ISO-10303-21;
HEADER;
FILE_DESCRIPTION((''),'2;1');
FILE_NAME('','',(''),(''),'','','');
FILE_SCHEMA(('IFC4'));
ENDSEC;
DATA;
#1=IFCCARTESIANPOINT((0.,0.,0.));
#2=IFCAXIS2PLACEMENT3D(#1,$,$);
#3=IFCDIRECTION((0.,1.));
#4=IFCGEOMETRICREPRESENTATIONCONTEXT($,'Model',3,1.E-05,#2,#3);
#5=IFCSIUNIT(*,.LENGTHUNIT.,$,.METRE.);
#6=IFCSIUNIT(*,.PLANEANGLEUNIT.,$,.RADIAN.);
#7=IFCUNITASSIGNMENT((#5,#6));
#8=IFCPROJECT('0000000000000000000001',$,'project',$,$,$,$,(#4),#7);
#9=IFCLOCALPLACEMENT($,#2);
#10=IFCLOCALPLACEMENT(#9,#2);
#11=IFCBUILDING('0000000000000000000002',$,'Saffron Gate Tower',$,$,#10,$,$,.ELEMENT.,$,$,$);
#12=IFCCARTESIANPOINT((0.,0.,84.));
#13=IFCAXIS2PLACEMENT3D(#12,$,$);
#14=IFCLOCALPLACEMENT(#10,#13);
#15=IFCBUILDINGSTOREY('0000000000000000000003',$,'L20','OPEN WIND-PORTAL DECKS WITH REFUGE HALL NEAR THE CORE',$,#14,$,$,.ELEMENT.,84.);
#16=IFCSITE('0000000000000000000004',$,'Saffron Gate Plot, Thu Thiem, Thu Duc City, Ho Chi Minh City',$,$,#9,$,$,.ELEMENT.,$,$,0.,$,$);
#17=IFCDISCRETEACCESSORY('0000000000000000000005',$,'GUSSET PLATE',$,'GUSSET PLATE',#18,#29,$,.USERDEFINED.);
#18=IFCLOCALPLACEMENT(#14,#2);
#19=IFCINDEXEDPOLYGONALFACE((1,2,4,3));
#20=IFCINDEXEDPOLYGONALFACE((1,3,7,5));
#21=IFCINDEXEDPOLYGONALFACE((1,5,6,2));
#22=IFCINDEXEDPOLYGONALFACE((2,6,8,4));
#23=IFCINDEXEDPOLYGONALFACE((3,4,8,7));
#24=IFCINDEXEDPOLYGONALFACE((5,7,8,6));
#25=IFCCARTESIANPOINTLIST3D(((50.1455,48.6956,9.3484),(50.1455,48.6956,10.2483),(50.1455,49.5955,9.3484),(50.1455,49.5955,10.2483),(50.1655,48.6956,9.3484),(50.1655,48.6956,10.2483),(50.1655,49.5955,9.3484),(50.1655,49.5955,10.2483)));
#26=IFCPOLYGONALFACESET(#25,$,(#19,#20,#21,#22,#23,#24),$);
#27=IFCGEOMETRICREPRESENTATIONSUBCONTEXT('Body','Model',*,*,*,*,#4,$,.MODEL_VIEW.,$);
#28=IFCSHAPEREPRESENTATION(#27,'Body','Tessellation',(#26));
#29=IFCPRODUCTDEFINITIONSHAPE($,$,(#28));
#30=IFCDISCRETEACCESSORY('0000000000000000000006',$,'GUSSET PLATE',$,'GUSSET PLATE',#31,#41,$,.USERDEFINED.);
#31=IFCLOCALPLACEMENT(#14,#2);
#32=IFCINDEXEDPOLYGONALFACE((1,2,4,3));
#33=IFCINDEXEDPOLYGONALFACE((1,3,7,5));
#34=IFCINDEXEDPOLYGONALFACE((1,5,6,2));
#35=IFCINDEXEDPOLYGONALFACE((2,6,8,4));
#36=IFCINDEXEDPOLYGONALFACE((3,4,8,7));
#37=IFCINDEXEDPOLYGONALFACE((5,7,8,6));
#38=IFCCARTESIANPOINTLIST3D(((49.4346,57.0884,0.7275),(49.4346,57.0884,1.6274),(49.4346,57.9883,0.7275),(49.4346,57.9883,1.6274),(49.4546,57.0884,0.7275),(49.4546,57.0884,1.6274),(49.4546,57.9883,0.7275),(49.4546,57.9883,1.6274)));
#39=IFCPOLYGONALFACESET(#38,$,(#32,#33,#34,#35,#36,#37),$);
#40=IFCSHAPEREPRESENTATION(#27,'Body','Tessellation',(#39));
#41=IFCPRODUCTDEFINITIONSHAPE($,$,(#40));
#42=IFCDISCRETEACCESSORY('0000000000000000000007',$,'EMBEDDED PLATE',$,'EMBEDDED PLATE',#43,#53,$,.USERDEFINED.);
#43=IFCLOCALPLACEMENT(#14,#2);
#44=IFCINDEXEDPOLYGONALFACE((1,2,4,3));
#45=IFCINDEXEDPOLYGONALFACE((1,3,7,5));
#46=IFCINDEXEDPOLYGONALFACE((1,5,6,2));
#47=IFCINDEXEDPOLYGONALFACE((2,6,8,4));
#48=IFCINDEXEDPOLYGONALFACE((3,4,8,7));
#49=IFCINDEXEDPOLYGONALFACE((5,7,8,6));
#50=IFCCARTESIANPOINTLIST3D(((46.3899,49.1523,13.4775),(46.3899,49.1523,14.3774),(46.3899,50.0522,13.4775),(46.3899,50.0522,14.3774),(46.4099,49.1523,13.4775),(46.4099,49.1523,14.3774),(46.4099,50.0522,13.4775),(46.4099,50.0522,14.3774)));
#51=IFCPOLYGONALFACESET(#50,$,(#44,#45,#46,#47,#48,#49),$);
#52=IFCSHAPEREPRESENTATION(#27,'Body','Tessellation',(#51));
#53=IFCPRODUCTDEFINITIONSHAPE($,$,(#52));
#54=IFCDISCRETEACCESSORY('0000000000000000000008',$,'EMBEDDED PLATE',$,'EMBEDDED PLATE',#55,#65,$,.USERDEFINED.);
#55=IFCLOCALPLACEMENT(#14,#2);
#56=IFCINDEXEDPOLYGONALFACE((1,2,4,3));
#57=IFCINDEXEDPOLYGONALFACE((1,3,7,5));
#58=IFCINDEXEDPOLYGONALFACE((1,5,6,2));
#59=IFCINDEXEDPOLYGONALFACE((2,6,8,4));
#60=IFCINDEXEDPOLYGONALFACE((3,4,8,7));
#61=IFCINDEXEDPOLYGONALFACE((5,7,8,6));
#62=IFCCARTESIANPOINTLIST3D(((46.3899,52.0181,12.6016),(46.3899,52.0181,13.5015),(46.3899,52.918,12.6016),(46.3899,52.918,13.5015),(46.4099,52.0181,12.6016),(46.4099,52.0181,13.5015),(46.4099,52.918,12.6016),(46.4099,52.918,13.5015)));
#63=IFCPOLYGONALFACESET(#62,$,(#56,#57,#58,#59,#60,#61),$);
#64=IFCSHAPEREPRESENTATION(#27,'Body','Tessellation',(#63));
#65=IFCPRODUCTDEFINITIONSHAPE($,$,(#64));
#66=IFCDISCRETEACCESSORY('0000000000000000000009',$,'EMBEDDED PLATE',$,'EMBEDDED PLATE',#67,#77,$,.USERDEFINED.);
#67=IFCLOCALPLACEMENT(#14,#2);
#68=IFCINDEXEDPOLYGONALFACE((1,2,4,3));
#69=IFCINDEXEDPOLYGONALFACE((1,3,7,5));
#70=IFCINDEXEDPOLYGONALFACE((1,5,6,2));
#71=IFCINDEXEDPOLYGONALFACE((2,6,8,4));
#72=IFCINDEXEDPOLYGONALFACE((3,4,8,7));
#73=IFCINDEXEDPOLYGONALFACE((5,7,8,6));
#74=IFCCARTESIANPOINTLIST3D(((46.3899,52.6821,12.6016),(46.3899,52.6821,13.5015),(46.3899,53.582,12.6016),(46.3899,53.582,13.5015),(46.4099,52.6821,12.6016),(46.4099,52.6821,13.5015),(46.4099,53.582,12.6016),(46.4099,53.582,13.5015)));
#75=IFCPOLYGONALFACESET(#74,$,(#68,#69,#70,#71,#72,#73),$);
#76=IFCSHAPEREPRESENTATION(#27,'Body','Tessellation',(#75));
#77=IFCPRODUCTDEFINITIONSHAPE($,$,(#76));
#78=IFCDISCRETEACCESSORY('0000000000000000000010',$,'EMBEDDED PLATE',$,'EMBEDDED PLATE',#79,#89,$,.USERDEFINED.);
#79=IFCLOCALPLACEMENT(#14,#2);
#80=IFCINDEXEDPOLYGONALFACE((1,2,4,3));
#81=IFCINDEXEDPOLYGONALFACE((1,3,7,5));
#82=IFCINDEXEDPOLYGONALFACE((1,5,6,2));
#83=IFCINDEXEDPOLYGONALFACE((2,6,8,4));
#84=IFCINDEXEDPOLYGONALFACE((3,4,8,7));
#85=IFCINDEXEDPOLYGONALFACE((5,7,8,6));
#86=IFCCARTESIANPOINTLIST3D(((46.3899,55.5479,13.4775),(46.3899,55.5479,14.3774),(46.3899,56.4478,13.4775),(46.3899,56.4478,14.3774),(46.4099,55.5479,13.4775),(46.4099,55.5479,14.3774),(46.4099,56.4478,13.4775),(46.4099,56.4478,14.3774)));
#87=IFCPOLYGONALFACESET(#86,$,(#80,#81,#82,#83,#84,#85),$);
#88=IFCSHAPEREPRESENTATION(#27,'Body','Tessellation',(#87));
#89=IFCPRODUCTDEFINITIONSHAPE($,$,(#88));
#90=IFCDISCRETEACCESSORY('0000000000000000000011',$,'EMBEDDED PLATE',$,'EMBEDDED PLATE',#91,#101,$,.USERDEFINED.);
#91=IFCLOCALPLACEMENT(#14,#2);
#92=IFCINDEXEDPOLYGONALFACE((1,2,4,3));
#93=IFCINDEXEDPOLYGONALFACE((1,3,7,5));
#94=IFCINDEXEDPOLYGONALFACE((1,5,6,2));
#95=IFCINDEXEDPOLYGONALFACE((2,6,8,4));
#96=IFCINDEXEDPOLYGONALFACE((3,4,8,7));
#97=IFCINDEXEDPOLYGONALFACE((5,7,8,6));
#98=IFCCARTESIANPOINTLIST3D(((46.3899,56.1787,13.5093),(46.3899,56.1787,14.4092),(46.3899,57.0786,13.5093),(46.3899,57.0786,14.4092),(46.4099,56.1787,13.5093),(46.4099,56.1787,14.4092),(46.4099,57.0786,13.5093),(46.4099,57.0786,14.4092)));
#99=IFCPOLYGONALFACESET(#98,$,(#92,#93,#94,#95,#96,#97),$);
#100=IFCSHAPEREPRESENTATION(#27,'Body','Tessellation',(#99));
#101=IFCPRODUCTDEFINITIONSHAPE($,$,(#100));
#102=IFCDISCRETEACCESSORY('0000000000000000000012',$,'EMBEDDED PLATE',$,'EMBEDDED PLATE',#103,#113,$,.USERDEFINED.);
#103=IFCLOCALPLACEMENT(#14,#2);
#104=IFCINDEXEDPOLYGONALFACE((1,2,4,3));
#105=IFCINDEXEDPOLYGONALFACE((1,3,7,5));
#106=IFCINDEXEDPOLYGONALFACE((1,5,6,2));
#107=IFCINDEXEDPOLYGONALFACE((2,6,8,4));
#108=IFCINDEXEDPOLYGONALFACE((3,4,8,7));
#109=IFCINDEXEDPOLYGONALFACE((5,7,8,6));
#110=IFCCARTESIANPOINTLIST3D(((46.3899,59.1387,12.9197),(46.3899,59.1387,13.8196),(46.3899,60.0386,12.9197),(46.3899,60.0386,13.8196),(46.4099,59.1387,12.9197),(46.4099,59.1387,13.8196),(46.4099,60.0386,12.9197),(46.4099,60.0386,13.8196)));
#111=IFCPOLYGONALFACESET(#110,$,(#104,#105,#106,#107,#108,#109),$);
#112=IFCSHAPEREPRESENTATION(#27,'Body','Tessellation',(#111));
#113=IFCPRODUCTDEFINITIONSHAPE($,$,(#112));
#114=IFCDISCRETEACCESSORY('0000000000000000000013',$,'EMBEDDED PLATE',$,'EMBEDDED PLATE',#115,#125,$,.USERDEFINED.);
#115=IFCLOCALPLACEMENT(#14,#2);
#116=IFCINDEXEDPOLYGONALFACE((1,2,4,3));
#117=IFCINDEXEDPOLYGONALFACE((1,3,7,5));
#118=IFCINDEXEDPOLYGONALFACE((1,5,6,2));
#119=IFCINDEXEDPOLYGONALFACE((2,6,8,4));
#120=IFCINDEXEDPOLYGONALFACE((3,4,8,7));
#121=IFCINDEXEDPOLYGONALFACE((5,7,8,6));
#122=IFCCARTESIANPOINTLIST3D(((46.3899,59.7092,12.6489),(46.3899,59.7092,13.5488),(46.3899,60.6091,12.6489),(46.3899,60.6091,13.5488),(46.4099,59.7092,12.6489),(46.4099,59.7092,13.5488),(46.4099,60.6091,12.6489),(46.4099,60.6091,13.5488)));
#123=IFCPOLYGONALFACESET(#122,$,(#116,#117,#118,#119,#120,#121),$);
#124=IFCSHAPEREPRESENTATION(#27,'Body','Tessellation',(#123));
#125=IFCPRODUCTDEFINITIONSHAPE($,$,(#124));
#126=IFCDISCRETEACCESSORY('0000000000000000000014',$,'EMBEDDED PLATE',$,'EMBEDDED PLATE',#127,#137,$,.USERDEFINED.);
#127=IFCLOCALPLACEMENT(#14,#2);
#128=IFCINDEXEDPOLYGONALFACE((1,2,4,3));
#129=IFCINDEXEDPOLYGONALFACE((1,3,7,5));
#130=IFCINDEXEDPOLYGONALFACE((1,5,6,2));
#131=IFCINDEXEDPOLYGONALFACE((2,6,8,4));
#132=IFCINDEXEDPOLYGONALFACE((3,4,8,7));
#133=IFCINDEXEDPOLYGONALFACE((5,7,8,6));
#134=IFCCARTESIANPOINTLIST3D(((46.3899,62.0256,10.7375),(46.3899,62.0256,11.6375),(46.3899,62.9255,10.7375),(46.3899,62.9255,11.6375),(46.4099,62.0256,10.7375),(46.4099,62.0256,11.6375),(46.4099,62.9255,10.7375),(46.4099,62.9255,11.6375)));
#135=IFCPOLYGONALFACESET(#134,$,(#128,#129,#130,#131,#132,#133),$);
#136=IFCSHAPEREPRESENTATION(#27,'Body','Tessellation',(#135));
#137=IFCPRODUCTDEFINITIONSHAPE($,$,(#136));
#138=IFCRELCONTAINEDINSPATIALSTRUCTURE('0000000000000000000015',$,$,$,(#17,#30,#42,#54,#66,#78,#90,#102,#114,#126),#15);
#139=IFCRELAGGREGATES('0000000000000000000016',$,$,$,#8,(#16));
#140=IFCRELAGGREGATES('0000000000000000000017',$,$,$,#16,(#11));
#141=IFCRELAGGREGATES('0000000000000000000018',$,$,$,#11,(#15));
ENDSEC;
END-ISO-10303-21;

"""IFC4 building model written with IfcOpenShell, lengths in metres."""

from ifc_helpers import new_model, si_unit, direction, frame, origin, origin_2d, place, context, subcontext, project, spatial, rectangle, extrude, element, save


model = new_model("IFC4")

# Units and contexts
model_context = context("Model", 3, precision=1e-05, world=origin(), true_north=direction((0.0, 1.0)))
body_context = subcontext(model_context, "Body", "Model", "MODEL_VIEW")
ifc_project = project(units=[si_unit("LENGTHUNIT", "METRE"), si_unit("PLANEANGLEUNIT", "RADIAN")], contexts=[model_context])

# Site, building, storey
site_placement = place(None, origin())
site = spatial("IfcSite", under=ifc_project, at=site_placement, Name="Saffron Gate Plot, Thu Thiem, Thu Duc City, Ho Chi Minh City", CompositionType="ELEMENT", RefElevation=0.0)
building_placement = place(site_placement, origin())
building = spatial("IfcBuilding", under=site, at=building_placement, Name="Saffron Gate Tower", CompositionType="ELEMENT")
storey_placement = place(building_placement, frame((0.0, 0.0, 84.0)))
storey = spatial("IfcBuildingStorey", under=building, at=storey_placement, Name="L20", Description="OPEN WIND-PORTAL DECKS WITH REFUGE HALL NEAR THE CORE", CompositionType="ELEMENT", Elevation=84.0)

# Discrete accessories
for number, where, z_axis, x_axis, name in (
    (1, (50.1555, 49.1455, 9.3484), (0.0, 0.0, 1.0), (0.0, -1.0, 0.0), "GUSSET PLATE"),
    (2, (49.4446, 57.5383, 0.7275), (0.0, 0.0, 1.0), (0.0, 1.0, 0.0), "GUSSET PLATE"),
):
    element("IfcDiscreteAccessory", number, at=place(storey_placement, frame(where, z_axis=z_axis, x_axis=x_axis)), inside=storey, Name=name, ObjectType="GUSSET PLATE", PredefinedType="USERDEFINED", context=body_context, shape_type="SweptSolid", body=[
        extrude(rectangle(XDim=0.8999, YDim=0.02, at=origin_2d()), origin(), (0.0, 0.0, 1.0), 0.8999),
    ])
for number, where, z_axis, x_axis, name in (
    (3, (46.3999, 49.6023, 13.4775), (0.0, 0.0, 1.0), (0.0, 1.0, 0.0), "EMBEDDED PLATE"),
    (4, (46.3999, 52.468, 12.6016), (0.0, 0.0, 1.0), (0.0, 1.0, 0.0), "EMBEDDED PLATE"),
    (5, (46.3999, 53.1321, 12.6016), (0.0, 0.0, 1.0), (0.0, 1.0, 0.0), "EMBEDDED PLATE"),
    (6, (46.3999, 55.9978, 13.4775), (0.0, 0.0, 1.0), (0.0, 1.0, 0.0), "EMBEDDED PLATE"),
    (7, (46.3999, 56.6287, 13.5093), (0.0, 0.0, 1.0), (0.0, 1.0, 0.0), "EMBEDDED PLATE"),
    (8, (46.3999, 59.5886, 12.9197), (0.0, 0.0, 1.0), (0.0, 1.0, 0.0), "EMBEDDED PLATE"),
    (9, (46.3999, 60.1592, 12.6489), (0.0, 0.0, 1.0), (0.0, 1.0, 0.0), "EMBEDDED PLATE"),
    (10, (46.3999, 62.4756, 10.7375), (0.0, 0.0, 1.0), (0.0, 1.0, 0.0), "EMBEDDED PLATE"),
):
    element("IfcDiscreteAccessory", number, at=place(storey_placement, frame(where, z_axis=z_axis, x_axis=x_axis)), inside=storey, Name=name, ObjectType="EMBEDDED PLATE", PredefinedType="USERDEFINED", context=body_context, shape_type="SweptSolid", body=[
        extrude(rectangle(XDim=0.8999, YDim=0.02, at=origin_2d()), origin(), (0.0, 0.0, 1.0), 0.8999),
    ])

save(model, "model.ifc")
